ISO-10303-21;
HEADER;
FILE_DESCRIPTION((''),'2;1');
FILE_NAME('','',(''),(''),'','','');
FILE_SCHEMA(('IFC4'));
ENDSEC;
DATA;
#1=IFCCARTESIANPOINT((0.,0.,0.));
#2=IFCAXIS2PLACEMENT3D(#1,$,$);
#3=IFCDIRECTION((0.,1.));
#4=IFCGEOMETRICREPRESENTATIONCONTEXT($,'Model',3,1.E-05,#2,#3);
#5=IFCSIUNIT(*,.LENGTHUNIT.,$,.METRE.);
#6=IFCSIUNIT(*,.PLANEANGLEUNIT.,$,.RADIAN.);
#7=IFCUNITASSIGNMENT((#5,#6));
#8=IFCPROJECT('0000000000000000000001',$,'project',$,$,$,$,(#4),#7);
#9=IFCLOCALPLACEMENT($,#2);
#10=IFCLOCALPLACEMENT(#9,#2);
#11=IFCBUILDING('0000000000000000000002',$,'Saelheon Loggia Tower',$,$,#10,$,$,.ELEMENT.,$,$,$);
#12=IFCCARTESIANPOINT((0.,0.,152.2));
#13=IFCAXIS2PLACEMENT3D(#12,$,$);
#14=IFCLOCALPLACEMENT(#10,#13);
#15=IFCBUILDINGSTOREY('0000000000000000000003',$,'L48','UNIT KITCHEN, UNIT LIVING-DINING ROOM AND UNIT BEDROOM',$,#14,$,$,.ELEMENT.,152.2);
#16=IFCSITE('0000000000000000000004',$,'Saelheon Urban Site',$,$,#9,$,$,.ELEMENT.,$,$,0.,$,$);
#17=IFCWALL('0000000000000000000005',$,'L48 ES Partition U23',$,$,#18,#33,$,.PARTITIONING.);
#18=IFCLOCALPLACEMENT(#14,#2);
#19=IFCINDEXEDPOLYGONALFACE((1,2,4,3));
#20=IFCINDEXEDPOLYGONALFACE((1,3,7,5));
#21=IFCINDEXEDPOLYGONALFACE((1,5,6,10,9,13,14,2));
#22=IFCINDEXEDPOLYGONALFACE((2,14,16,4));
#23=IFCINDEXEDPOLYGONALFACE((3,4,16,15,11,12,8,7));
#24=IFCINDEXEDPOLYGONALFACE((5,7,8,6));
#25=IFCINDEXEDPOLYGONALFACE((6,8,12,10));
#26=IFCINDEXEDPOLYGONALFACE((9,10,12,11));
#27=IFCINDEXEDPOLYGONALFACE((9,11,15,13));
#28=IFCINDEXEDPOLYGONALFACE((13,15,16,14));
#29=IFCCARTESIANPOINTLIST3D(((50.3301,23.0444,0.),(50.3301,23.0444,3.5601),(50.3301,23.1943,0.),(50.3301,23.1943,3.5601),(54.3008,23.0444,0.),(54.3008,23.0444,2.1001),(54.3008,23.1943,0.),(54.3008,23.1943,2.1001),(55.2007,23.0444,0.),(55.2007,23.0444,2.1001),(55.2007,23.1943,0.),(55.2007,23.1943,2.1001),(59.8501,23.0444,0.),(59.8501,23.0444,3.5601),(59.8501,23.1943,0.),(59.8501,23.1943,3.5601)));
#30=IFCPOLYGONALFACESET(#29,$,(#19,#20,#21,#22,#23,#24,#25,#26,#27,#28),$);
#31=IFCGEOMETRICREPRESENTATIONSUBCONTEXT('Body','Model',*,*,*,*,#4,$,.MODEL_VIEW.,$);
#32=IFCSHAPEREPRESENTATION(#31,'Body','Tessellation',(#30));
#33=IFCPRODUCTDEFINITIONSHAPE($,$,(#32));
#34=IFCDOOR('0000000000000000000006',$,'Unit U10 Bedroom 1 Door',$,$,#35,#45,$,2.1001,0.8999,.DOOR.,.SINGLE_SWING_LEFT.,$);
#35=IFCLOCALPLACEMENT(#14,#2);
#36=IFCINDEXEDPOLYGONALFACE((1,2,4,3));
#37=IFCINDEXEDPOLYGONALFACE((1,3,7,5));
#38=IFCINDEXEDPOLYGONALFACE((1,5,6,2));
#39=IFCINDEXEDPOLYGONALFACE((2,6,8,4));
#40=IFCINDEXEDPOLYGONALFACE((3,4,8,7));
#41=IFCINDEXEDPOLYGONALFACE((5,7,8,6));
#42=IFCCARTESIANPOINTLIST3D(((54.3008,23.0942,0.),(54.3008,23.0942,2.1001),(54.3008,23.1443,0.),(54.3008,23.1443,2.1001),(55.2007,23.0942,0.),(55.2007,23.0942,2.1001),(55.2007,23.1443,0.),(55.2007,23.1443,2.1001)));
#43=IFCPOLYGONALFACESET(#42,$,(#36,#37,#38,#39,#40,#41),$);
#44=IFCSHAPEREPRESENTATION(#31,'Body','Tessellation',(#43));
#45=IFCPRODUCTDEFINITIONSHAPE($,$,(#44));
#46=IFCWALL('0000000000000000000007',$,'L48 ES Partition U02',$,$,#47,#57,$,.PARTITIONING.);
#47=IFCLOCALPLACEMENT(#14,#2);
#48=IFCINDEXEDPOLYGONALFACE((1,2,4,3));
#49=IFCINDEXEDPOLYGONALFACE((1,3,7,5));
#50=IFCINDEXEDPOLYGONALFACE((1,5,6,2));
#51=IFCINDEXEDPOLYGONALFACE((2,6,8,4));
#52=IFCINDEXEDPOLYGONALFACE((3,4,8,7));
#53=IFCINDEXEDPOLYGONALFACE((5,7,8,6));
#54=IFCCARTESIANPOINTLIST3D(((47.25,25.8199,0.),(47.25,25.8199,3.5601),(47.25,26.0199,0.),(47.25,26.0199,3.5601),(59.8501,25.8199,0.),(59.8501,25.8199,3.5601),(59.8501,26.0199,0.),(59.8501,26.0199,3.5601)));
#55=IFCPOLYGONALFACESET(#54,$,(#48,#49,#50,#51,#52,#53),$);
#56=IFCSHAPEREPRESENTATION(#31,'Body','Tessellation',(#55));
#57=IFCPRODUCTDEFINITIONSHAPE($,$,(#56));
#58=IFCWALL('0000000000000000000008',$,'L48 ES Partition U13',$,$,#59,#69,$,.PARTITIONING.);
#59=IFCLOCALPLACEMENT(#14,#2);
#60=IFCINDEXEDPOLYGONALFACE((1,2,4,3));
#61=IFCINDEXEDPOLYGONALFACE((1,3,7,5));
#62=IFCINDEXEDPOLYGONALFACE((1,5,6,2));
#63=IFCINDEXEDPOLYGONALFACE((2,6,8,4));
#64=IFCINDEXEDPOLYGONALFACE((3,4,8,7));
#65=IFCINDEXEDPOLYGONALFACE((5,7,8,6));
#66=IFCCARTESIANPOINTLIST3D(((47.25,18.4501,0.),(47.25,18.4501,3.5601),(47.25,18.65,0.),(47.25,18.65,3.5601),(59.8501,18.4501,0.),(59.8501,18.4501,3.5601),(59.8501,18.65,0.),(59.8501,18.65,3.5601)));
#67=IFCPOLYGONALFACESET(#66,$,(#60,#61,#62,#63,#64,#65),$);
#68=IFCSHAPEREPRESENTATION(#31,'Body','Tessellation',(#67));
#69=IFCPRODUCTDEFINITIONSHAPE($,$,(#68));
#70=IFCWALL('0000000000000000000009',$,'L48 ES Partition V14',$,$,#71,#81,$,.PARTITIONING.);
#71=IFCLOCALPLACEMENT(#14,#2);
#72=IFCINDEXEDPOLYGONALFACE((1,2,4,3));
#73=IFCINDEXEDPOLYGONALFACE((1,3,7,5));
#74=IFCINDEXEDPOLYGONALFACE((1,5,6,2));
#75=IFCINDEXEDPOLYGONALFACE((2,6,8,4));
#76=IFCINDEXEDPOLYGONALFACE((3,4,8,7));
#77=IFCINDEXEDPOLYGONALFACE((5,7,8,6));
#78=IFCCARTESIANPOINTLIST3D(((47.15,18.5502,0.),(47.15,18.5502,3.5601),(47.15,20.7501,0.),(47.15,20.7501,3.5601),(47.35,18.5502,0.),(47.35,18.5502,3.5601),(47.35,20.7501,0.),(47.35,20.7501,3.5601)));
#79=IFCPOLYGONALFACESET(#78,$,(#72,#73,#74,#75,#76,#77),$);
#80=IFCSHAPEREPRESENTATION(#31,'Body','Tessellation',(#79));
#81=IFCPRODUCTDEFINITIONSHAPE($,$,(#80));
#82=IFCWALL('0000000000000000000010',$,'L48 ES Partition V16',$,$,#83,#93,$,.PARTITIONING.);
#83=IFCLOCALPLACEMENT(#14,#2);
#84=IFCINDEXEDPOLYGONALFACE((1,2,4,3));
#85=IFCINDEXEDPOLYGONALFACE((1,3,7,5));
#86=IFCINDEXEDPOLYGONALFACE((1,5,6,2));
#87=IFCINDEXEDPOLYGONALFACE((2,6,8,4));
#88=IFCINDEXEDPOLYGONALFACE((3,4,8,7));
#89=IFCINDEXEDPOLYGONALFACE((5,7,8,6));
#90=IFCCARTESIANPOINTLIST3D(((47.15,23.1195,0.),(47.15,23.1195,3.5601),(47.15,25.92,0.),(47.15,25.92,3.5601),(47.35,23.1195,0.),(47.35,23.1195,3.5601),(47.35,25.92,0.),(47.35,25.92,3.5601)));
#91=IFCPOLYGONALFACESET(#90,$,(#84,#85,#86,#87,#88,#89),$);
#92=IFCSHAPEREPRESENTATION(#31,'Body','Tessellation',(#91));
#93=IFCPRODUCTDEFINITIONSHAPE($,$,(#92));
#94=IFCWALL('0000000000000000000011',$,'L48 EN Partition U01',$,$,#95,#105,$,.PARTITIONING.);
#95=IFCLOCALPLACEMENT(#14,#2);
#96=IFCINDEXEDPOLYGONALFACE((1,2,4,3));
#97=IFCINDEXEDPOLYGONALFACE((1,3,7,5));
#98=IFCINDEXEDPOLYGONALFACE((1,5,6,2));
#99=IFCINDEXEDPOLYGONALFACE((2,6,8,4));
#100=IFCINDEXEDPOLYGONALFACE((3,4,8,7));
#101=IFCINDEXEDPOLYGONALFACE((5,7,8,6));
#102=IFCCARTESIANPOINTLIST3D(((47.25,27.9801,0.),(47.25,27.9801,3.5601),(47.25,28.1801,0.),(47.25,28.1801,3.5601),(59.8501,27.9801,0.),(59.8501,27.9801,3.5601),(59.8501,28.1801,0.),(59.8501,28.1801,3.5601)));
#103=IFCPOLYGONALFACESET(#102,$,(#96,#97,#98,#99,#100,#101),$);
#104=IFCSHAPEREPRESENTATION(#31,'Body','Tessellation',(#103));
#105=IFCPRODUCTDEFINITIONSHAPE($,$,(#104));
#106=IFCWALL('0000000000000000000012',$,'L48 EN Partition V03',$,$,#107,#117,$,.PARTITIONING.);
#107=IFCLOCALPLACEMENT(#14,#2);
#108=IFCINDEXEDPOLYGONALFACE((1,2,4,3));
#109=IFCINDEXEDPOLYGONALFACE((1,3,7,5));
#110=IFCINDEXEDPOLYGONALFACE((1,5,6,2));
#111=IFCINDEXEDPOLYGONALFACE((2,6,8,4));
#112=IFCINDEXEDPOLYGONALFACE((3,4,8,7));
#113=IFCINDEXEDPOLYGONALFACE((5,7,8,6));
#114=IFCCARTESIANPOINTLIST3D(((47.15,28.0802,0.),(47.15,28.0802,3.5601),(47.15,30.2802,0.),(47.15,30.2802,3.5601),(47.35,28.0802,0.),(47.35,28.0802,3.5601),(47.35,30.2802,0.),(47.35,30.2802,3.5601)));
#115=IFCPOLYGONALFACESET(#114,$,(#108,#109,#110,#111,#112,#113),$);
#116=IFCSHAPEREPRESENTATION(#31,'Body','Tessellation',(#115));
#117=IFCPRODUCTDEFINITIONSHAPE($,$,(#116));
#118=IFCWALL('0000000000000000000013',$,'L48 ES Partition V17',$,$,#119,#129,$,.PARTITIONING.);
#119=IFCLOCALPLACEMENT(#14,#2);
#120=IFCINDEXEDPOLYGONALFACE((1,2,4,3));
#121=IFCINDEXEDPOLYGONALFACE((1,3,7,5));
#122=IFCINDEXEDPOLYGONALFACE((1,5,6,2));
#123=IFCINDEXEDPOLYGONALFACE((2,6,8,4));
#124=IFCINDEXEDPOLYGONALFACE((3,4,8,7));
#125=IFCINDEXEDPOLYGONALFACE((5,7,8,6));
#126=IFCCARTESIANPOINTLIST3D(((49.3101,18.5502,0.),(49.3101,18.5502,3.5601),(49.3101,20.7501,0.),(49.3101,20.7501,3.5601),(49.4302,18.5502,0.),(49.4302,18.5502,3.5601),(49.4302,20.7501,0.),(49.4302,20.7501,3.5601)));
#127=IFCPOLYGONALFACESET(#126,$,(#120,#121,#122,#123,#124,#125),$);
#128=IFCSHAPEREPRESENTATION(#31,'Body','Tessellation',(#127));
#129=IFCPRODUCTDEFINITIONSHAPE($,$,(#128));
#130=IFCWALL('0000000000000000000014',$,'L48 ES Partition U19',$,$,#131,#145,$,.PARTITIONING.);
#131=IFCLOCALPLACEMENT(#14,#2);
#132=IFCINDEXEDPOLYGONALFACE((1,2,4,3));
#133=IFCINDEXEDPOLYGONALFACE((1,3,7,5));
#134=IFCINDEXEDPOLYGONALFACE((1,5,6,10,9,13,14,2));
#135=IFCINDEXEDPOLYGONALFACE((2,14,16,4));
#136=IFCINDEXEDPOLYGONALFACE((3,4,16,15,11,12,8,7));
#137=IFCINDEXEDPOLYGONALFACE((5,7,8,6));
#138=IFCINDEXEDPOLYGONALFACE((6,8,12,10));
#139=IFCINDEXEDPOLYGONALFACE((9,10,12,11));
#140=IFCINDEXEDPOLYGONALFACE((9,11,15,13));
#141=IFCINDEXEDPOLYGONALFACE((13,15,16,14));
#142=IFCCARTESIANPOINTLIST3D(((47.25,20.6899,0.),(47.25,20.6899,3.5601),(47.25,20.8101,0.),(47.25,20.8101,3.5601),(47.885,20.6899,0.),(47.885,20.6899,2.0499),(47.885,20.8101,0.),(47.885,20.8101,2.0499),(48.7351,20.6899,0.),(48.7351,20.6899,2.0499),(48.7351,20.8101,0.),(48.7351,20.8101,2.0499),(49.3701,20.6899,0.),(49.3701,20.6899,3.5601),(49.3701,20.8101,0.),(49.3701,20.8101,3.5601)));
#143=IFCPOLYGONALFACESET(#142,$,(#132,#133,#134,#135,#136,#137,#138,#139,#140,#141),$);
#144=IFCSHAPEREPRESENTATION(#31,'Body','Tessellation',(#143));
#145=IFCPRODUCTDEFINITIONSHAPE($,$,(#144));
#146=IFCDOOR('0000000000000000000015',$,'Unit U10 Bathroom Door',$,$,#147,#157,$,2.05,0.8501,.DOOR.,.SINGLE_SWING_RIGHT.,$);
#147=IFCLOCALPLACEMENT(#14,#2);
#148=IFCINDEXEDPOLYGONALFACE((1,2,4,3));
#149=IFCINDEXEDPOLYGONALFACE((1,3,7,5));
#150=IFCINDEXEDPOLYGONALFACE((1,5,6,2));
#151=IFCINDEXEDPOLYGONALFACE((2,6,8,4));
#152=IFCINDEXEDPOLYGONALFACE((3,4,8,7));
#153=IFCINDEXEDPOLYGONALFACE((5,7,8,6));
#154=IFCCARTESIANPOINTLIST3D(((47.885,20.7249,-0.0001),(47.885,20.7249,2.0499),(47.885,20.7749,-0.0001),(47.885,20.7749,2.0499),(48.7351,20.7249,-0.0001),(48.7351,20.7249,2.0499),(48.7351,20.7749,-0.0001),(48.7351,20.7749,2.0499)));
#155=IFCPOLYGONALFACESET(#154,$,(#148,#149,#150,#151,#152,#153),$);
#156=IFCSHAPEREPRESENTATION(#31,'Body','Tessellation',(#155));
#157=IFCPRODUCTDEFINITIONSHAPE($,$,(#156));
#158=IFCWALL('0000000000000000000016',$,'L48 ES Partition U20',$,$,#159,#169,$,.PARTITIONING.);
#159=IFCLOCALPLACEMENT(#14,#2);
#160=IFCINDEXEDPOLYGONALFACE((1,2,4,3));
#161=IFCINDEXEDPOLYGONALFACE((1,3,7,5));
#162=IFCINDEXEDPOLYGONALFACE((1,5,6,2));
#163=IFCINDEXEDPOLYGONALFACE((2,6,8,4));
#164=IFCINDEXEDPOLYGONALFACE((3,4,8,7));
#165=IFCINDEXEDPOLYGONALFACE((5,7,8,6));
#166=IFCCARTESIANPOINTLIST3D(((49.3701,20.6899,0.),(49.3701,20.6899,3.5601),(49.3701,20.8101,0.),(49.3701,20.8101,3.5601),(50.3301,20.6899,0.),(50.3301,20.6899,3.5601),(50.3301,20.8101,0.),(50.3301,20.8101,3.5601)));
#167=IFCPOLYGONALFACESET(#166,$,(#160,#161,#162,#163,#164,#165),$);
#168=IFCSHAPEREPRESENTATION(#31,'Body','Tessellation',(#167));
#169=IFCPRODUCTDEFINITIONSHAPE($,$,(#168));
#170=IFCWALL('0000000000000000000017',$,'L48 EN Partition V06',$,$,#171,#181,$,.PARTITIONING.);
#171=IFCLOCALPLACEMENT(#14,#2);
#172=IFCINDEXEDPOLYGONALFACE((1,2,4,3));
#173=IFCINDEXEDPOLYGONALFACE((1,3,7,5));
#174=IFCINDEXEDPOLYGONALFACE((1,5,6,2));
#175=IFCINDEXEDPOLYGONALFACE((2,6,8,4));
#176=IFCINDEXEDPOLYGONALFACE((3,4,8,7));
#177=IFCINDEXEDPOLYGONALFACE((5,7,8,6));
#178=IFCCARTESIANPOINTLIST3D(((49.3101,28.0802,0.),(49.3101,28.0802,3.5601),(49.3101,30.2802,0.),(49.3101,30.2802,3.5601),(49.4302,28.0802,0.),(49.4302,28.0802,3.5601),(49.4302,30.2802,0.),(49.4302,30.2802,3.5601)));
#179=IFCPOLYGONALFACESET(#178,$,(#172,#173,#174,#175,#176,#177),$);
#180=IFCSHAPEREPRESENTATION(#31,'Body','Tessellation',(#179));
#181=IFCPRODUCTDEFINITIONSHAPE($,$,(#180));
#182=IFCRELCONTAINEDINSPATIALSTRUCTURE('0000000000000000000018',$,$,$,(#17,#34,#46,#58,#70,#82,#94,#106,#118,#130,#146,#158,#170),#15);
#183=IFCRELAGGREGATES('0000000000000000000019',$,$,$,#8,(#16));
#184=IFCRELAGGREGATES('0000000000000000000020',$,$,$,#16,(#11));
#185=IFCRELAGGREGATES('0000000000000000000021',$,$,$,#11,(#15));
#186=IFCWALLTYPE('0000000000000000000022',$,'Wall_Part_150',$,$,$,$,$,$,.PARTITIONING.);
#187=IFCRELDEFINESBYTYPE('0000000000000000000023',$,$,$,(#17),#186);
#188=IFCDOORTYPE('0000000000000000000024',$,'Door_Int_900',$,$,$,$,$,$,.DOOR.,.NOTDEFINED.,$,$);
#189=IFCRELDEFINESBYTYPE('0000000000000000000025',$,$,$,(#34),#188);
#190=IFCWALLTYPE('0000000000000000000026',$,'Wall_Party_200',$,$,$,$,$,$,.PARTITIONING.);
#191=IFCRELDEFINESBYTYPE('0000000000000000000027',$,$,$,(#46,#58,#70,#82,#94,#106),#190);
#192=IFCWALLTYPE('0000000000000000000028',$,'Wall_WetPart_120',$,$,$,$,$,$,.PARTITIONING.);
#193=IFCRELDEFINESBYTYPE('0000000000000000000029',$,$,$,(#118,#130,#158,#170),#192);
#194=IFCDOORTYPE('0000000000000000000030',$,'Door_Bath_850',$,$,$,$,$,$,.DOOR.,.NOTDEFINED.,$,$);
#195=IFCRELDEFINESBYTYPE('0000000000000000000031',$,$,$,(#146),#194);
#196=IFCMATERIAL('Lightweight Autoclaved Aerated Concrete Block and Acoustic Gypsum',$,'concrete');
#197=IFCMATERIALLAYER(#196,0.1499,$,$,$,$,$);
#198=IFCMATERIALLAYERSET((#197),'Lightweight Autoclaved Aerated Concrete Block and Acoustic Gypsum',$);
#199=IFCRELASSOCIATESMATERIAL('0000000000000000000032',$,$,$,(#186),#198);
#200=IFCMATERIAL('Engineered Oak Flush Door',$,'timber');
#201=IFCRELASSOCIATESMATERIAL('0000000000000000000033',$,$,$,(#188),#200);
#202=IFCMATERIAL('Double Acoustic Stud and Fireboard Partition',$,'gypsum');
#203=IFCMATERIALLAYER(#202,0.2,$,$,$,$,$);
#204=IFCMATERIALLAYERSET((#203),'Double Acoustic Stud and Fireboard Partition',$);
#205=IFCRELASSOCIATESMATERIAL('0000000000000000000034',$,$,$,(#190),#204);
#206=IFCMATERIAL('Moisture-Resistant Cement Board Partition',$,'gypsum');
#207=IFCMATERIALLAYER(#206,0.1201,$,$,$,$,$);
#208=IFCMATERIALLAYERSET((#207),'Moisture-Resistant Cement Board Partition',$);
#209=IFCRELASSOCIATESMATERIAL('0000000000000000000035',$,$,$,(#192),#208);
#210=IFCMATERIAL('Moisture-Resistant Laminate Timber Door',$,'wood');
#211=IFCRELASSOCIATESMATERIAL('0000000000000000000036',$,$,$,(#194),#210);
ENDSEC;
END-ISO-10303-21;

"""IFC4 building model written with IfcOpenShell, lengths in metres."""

from ifc_helpers import new_model, si_unit, direction, frame, frame_2d, origin, place, context, subcontext, project, spatial, rectangle, extrude, source, transform, mapped, material, layer, layer_set, type_object, element, fill, save


model = new_model("IFC4")

# Units and contexts
model_context = context("Model", 3, precision=1e-05, world=origin(), true_north=direction((0.0, 1.0)))
body_context = subcontext(model_context, "Body", "Model", "MODEL_VIEW")
ifc_project = project(units=[si_unit("LENGTHUNIT", "METRE"), si_unit("PLANEANGLEUNIT", "RADIAN")], contexts=[model_context])

# Site, building, storey
site_placement = place(None, origin())
site = spatial("IfcSite", under=ifc_project, at=site_placement, Name="Saelheon Urban Site", CompositionType="ELEMENT", RefElevation=0.0)
building_placement = place(site_placement, origin())
building = spatial("IfcBuilding", under=site, at=building_placement, Name="Saelheon Loggia Tower", CompositionType="ELEMENT")
storey_placement = place(building_placement, frame((0.0, 0.0, 152.2)))
storey = spatial("IfcBuildingStorey", under=building, at=storey_placement, Name="L48", Description="UNIT KITCHEN, UNIT LIVING-DINING ROOM AND UNIT BEDROOM", CompositionType="ELEMENT", Elevation=152.2)

# Shared definitions
ifc_material_1 = material(Name="Lightweight Autoclaved Aerated Concrete Block and Acoustic Gypsum", Category="concrete")
ifc_layer_1 = layer(ifc_material_1, 0.1499)
ifc_layer_set_1 = layer_set([ifc_layer_1], Name="Lightweight Autoclaved Aerated Concrete Block and Acoustic Gypsum")
wall_type_1 = type_object("IfcWallType", Name="Wall_Part_150", PredefinedType="PARTITIONING", material=ifc_layer_set_1)

# Shared definitions
ifc_material_2 = material(Name="Engineered Oak Flush Door", Category="timber")
door_type_1 = type_object("IfcDoorType", Name="Door_Int_900", OperationType="NOTDEFINED", PredefinedType="DOOR", material=ifc_material_2)
shared_shape_1 = source(origin(), body_context, "Body", "SweptSolid", [
    extrude(rectangle(XDim=0.8999, YDim=2.1001, at=frame_2d((0.45, 1.05))), frame((0.0, 0.0249, 0.0), z_axis=(0.0, -1.0, 0.0), x_axis=(1.0, 0.0, 0.0)), (0.0, 0.0, 1.0), 0.05),
])

# Wall, opening, door
wall_1_placement = place(storey_placement, frame((50.3301, 23.1194, 0.0), z_axis=(0.0, 0.0, 1.0), x_axis=(1.0, 0.0, 0.0)))
wall_1 = element("IfcWall", 1, at=wall_1_placement, inside=storey, type_object=wall_type_1, Name="L48 ES Partition U23", PredefinedType="PARTITIONING", context=body_context, shape_type="SweptSolid", body=[
    extrude(rectangle(XDim=9.52, YDim=0.1499, at=frame_2d((4.76, 0.0))), origin(), (0.0, 0.0, 1.0), 3.5601),
])
opening_1_placement = place(wall_1_placement, frame((3.9707, 0.0, 0.0)))
opening_1 = element("IfcOpeningElement", 2, at=opening_1_placement, cuts=wall_1, PredefinedType="OPENING", context=body_context, shape_type="SweptSolid", body=[
    extrude(rectangle(XDim=0.8999, YDim=2.1001, at=frame_2d((0.45, 1.05))), frame((0.0, 0.0869, 0.0), z_axis=(0.0, -1.0, 0.0), x_axis=(1.0, 0.0, 0.0)), (0.0, 0.0, 1.0), 0.1738),
])
door_1_placement = place(opening_1_placement, origin())
door_1 = element("IfcDoor", 3, at=door_1_placement, inside=storey, type_object=door_type_1, Name="Unit U10 Bedroom 1 Door", OperationType="SINGLE_SWING_LEFT", OverallHeight=2.1001, OverallWidth=0.8999, PredefinedType="DOOR", context=body_context, shape_type="MappedRepresentation", body=[
    mapped(shared_shape_1, transform((0.0, 0.0, 0.0), scale=1.0)),
])
fill(opening_1, door_1)

# Walls
ifc_material_3 = material(Name="Double Acoustic Stud and Fireboard Partition", Category="gypsum")
ifc_layer_2 = layer(ifc_material_3, 0.2)
ifc_layer_set_2 = layer_set([ifc_layer_2], Name="Double Acoustic Stud and Fireboard Partition")
wall_type_2 = type_object("IfcWallType", Name="Wall_Party_200", PredefinedType="PARTITIONING", material=ifc_layer_set_2)
for number, where, z_axis, x_axis, name in (
    (4, (47.25, 25.9199, 0.0), (0.0, 0.0, 1.0), (1.0, 0.0, 0.0), "L48 ES Partition U02"),
    (5, (47.25, 18.55, 0.0), (0.0, 0.0, 1.0), (1.0, 0.0, 0.0), "L48 ES Partition U13"),
):
    element("IfcWall", number, at=place(storey_placement, frame(where, z_axis=z_axis, x_axis=x_axis)), inside=storey, type_object=wall_type_2, Name=name, PredefinedType="PARTITIONING", context=body_context, shape_type="SweptSolid", body=[
        extrude(rectangle(XDim=12.6001, YDim=0.2, at=frame_2d((6.3, 0.0))), origin(), (0.0, 0.0, 1.0), 3.5601),
    ])
wall_2_placement = place(storey_placement, frame((47.25, 18.55, 0.0), z_axis=(0.0, 0.0, 1.0), x_axis=(0.0, 1.0, 0.0)))
element("IfcWall", 6, at=wall_2_placement, inside=storey, type_object=wall_type_2, Name="L48 ES Partition V14", PredefinedType="PARTITIONING", context=body_context, shape_type="SweptSolid", body=[
    extrude(rectangle(XDim=2.2, YDim=0.2, at=frame_2d((1.1001, 0.0))), origin(), (0.0, 0.0, 1.0), 3.5601),
])

# Walls
wall_3_placement = place(storey_placement, frame((47.25, 23.1194, 0.0), z_axis=(0.0, 0.0, 1.0), x_axis=(0.0, 1.0, 0.0)))
element("IfcWall", 7, at=wall_3_placement, inside=storey, type_object=wall_type_2, Name="L48 ES Partition V16", PredefinedType="PARTITIONING", context=body_context, shape_type="SweptSolid", body=[
    extrude(rectangle(XDim=2.8005, YDim=0.2, at=frame_2d((1.4004, 0.0))), origin(), (0.0, 0.0, 1.0), 3.5601),
])
wall_4_placement = place(storey_placement, frame((47.25, 28.0801, 0.0), z_axis=(0.0, 0.0, 1.0), x_axis=(1.0, 0.0, 0.0)))
element("IfcWall", 8, at=wall_4_placement, inside=storey, type_object=wall_type_2, Name="L48 EN Partition U01", PredefinedType="PARTITIONING", context=body_context, shape_type="SweptSolid", body=[
    extrude(rectangle(XDim=12.6001, YDim=0.2, at=frame_2d((6.3, 0.0))), origin(), (0.0, 0.0, 1.0), 3.5601),
])
wall_5_placement = place(storey_placement, frame((47.25, 28.0801, 0.0), z_axis=(0.0, 0.0, 1.0), x_axis=(0.0, 1.0, 0.0)))
element("IfcWall", 9, at=wall_5_placement, inside=storey, type_object=wall_type_2, Name="L48 EN Partition V03", PredefinedType="PARTITIONING", context=body_context, shape_type="SweptSolid", body=[
    extrude(rectangle(XDim=2.2, YDim=0.2, at=frame_2d((1.1001, 0.0))), origin(), (0.0, 0.0, 1.0), 3.5601),
])
ifc_material_4 = material(Name="Moisture-Resistant Cement Board Partition", Category="gypsum")
ifc_layer_3 = layer(ifc_material_4, 0.1201)
ifc_layer_set_3 = layer_set([ifc_layer_3], Name="Moisture-Resistant Cement Board Partition")
wall_type_3 = type_object("IfcWallType", Name="Wall_WetPart_120", PredefinedType="PARTITIONING", material=ifc_layer_set_3)
wall_6_placement = place(storey_placement, frame((49.3701, 18.55, 0.0), z_axis=(0.0, 0.0, 1.0), x_axis=(0.0, 1.0, 0.0)))
element("IfcWall", 10, at=wall_6_placement, inside=storey, type_object=wall_type_3, Name="L48 ES Partition V17", PredefinedType="PARTITIONING", context=body_context, shape_type="SweptSolid", body=[
    extrude(rectangle(XDim=2.2, YDim=0.1201, at=frame_2d((1.1001, 0.0))), origin(), (0.0, 0.0, 1.0), 3.5601),
])

# Wall, opening, door
wall_7_placement = place(storey_placement, frame((47.25, 20.75, 0.0), z_axis=(0.0, 0.0, 1.0), x_axis=(1.0, 0.0, 0.0)))
wall_7 = element("IfcWall", 11, at=wall_7_placement, inside=storey, type_object=wall_type_3, Name="L48 ES Partition U19", PredefinedType="PARTITIONING", context=body_context, shape_type="SweptSolid", body=[
    extrude(rectangle(XDim=2.1201, YDim=0.1201, at=frame_2d((1.0601, 0.0))), origin(), (0.0, 0.0, 1.0), 3.5601),
])
opening_2_placement = place(wall_7_placement, frame((0.635, 0.0, 0.0)))
opening_2 = element("IfcOpeningElement", 12, at=opening_2_placement, cuts=wall_7, PredefinedType="OPENING", context=body_context, shape_type="SweptSolid", body=[
    extrude(rectangle(XDim=0.8501, YDim=2.05, at=frame_2d((0.425, 1.0249))), frame((0.0, 0.072, 0.0), z_axis=(0.0, -1.0, 0.0), x_axis=(1.0, 0.0, 0.0)), (0.0, 0.0, 1.0), 0.144),
])
ifc_material_5 = material(Name="Moisture-Resistant Laminate Timber Door", Category="wood")
door_type_2 = type_object("IfcDoorType", Name="Door_Bath_850", OperationType="NOTDEFINED", PredefinedType="DOOR", material=ifc_material_5)
shared_shape_2 = source(origin(), body_context, "Body", "SweptSolid", [
    extrude(rectangle(XDim=0.8501, YDim=2.05, at=frame_2d((0.425, 1.0249))), frame((0.0, 0.0249, 0.0), z_axis=(0.0, -1.0, 0.0), x_axis=(1.0, 0.0, 0.0)), (0.0, 0.0, 1.0), 0.05),
])
door_2_placement = place(opening_2_placement, origin())
door_2 = element("IfcDoor", 13, at=door_2_placement, inside=storey, type_object=door_type_2, Name="Unit U10 Bathroom Door", OperationType="SINGLE_SWING_RIGHT", OverallHeight=2.05, OverallWidth=0.8501, PredefinedType="DOOR", context=body_context, shape_type="MappedRepresentation", body=[
    mapped(shared_shape_2, transform((0.0, 0.0, 0.0), scale=1.0)),
])
fill(opening_2, door_2)

# Walls
wall_8_placement = place(storey_placement, frame((49.3701, 20.75, 0.0), z_axis=(0.0, 0.0, 1.0), x_axis=(1.0, 0.0, 0.0)))
element("IfcWall", 14, at=wall_8_placement, inside=storey, type_object=wall_type_3, Name="L48 ES Partition U20", PredefinedType="PARTITIONING", context=body_context, shape_type="SweptSolid", body=[
    extrude(rectangle(XDim=0.96, YDim=0.1201, at=frame_2d((0.48, 0.0))), origin(), (0.0, 0.0, 1.0), 3.5601),
])
wall_9_placement = place(storey_placement, frame((49.3701, 28.0801, 0.0), z_axis=(0.0, 0.0, 1.0), x_axis=(0.0, 1.0, 0.0)))
element("IfcWall", 15, at=wall_9_placement, inside=storey, type_object=wall_type_3, Name="L48 EN Partition V06", PredefinedType="PARTITIONING", context=body_context, shape_type="SweptSolid", body=[
    extrude(rectangle(XDim=2.2, YDim=0.1201, at=frame_2d((1.1001, 0.0))), origin(), (0.0, 0.0, 1.0), 3.5601),
])

save(model, "model.ifc")
